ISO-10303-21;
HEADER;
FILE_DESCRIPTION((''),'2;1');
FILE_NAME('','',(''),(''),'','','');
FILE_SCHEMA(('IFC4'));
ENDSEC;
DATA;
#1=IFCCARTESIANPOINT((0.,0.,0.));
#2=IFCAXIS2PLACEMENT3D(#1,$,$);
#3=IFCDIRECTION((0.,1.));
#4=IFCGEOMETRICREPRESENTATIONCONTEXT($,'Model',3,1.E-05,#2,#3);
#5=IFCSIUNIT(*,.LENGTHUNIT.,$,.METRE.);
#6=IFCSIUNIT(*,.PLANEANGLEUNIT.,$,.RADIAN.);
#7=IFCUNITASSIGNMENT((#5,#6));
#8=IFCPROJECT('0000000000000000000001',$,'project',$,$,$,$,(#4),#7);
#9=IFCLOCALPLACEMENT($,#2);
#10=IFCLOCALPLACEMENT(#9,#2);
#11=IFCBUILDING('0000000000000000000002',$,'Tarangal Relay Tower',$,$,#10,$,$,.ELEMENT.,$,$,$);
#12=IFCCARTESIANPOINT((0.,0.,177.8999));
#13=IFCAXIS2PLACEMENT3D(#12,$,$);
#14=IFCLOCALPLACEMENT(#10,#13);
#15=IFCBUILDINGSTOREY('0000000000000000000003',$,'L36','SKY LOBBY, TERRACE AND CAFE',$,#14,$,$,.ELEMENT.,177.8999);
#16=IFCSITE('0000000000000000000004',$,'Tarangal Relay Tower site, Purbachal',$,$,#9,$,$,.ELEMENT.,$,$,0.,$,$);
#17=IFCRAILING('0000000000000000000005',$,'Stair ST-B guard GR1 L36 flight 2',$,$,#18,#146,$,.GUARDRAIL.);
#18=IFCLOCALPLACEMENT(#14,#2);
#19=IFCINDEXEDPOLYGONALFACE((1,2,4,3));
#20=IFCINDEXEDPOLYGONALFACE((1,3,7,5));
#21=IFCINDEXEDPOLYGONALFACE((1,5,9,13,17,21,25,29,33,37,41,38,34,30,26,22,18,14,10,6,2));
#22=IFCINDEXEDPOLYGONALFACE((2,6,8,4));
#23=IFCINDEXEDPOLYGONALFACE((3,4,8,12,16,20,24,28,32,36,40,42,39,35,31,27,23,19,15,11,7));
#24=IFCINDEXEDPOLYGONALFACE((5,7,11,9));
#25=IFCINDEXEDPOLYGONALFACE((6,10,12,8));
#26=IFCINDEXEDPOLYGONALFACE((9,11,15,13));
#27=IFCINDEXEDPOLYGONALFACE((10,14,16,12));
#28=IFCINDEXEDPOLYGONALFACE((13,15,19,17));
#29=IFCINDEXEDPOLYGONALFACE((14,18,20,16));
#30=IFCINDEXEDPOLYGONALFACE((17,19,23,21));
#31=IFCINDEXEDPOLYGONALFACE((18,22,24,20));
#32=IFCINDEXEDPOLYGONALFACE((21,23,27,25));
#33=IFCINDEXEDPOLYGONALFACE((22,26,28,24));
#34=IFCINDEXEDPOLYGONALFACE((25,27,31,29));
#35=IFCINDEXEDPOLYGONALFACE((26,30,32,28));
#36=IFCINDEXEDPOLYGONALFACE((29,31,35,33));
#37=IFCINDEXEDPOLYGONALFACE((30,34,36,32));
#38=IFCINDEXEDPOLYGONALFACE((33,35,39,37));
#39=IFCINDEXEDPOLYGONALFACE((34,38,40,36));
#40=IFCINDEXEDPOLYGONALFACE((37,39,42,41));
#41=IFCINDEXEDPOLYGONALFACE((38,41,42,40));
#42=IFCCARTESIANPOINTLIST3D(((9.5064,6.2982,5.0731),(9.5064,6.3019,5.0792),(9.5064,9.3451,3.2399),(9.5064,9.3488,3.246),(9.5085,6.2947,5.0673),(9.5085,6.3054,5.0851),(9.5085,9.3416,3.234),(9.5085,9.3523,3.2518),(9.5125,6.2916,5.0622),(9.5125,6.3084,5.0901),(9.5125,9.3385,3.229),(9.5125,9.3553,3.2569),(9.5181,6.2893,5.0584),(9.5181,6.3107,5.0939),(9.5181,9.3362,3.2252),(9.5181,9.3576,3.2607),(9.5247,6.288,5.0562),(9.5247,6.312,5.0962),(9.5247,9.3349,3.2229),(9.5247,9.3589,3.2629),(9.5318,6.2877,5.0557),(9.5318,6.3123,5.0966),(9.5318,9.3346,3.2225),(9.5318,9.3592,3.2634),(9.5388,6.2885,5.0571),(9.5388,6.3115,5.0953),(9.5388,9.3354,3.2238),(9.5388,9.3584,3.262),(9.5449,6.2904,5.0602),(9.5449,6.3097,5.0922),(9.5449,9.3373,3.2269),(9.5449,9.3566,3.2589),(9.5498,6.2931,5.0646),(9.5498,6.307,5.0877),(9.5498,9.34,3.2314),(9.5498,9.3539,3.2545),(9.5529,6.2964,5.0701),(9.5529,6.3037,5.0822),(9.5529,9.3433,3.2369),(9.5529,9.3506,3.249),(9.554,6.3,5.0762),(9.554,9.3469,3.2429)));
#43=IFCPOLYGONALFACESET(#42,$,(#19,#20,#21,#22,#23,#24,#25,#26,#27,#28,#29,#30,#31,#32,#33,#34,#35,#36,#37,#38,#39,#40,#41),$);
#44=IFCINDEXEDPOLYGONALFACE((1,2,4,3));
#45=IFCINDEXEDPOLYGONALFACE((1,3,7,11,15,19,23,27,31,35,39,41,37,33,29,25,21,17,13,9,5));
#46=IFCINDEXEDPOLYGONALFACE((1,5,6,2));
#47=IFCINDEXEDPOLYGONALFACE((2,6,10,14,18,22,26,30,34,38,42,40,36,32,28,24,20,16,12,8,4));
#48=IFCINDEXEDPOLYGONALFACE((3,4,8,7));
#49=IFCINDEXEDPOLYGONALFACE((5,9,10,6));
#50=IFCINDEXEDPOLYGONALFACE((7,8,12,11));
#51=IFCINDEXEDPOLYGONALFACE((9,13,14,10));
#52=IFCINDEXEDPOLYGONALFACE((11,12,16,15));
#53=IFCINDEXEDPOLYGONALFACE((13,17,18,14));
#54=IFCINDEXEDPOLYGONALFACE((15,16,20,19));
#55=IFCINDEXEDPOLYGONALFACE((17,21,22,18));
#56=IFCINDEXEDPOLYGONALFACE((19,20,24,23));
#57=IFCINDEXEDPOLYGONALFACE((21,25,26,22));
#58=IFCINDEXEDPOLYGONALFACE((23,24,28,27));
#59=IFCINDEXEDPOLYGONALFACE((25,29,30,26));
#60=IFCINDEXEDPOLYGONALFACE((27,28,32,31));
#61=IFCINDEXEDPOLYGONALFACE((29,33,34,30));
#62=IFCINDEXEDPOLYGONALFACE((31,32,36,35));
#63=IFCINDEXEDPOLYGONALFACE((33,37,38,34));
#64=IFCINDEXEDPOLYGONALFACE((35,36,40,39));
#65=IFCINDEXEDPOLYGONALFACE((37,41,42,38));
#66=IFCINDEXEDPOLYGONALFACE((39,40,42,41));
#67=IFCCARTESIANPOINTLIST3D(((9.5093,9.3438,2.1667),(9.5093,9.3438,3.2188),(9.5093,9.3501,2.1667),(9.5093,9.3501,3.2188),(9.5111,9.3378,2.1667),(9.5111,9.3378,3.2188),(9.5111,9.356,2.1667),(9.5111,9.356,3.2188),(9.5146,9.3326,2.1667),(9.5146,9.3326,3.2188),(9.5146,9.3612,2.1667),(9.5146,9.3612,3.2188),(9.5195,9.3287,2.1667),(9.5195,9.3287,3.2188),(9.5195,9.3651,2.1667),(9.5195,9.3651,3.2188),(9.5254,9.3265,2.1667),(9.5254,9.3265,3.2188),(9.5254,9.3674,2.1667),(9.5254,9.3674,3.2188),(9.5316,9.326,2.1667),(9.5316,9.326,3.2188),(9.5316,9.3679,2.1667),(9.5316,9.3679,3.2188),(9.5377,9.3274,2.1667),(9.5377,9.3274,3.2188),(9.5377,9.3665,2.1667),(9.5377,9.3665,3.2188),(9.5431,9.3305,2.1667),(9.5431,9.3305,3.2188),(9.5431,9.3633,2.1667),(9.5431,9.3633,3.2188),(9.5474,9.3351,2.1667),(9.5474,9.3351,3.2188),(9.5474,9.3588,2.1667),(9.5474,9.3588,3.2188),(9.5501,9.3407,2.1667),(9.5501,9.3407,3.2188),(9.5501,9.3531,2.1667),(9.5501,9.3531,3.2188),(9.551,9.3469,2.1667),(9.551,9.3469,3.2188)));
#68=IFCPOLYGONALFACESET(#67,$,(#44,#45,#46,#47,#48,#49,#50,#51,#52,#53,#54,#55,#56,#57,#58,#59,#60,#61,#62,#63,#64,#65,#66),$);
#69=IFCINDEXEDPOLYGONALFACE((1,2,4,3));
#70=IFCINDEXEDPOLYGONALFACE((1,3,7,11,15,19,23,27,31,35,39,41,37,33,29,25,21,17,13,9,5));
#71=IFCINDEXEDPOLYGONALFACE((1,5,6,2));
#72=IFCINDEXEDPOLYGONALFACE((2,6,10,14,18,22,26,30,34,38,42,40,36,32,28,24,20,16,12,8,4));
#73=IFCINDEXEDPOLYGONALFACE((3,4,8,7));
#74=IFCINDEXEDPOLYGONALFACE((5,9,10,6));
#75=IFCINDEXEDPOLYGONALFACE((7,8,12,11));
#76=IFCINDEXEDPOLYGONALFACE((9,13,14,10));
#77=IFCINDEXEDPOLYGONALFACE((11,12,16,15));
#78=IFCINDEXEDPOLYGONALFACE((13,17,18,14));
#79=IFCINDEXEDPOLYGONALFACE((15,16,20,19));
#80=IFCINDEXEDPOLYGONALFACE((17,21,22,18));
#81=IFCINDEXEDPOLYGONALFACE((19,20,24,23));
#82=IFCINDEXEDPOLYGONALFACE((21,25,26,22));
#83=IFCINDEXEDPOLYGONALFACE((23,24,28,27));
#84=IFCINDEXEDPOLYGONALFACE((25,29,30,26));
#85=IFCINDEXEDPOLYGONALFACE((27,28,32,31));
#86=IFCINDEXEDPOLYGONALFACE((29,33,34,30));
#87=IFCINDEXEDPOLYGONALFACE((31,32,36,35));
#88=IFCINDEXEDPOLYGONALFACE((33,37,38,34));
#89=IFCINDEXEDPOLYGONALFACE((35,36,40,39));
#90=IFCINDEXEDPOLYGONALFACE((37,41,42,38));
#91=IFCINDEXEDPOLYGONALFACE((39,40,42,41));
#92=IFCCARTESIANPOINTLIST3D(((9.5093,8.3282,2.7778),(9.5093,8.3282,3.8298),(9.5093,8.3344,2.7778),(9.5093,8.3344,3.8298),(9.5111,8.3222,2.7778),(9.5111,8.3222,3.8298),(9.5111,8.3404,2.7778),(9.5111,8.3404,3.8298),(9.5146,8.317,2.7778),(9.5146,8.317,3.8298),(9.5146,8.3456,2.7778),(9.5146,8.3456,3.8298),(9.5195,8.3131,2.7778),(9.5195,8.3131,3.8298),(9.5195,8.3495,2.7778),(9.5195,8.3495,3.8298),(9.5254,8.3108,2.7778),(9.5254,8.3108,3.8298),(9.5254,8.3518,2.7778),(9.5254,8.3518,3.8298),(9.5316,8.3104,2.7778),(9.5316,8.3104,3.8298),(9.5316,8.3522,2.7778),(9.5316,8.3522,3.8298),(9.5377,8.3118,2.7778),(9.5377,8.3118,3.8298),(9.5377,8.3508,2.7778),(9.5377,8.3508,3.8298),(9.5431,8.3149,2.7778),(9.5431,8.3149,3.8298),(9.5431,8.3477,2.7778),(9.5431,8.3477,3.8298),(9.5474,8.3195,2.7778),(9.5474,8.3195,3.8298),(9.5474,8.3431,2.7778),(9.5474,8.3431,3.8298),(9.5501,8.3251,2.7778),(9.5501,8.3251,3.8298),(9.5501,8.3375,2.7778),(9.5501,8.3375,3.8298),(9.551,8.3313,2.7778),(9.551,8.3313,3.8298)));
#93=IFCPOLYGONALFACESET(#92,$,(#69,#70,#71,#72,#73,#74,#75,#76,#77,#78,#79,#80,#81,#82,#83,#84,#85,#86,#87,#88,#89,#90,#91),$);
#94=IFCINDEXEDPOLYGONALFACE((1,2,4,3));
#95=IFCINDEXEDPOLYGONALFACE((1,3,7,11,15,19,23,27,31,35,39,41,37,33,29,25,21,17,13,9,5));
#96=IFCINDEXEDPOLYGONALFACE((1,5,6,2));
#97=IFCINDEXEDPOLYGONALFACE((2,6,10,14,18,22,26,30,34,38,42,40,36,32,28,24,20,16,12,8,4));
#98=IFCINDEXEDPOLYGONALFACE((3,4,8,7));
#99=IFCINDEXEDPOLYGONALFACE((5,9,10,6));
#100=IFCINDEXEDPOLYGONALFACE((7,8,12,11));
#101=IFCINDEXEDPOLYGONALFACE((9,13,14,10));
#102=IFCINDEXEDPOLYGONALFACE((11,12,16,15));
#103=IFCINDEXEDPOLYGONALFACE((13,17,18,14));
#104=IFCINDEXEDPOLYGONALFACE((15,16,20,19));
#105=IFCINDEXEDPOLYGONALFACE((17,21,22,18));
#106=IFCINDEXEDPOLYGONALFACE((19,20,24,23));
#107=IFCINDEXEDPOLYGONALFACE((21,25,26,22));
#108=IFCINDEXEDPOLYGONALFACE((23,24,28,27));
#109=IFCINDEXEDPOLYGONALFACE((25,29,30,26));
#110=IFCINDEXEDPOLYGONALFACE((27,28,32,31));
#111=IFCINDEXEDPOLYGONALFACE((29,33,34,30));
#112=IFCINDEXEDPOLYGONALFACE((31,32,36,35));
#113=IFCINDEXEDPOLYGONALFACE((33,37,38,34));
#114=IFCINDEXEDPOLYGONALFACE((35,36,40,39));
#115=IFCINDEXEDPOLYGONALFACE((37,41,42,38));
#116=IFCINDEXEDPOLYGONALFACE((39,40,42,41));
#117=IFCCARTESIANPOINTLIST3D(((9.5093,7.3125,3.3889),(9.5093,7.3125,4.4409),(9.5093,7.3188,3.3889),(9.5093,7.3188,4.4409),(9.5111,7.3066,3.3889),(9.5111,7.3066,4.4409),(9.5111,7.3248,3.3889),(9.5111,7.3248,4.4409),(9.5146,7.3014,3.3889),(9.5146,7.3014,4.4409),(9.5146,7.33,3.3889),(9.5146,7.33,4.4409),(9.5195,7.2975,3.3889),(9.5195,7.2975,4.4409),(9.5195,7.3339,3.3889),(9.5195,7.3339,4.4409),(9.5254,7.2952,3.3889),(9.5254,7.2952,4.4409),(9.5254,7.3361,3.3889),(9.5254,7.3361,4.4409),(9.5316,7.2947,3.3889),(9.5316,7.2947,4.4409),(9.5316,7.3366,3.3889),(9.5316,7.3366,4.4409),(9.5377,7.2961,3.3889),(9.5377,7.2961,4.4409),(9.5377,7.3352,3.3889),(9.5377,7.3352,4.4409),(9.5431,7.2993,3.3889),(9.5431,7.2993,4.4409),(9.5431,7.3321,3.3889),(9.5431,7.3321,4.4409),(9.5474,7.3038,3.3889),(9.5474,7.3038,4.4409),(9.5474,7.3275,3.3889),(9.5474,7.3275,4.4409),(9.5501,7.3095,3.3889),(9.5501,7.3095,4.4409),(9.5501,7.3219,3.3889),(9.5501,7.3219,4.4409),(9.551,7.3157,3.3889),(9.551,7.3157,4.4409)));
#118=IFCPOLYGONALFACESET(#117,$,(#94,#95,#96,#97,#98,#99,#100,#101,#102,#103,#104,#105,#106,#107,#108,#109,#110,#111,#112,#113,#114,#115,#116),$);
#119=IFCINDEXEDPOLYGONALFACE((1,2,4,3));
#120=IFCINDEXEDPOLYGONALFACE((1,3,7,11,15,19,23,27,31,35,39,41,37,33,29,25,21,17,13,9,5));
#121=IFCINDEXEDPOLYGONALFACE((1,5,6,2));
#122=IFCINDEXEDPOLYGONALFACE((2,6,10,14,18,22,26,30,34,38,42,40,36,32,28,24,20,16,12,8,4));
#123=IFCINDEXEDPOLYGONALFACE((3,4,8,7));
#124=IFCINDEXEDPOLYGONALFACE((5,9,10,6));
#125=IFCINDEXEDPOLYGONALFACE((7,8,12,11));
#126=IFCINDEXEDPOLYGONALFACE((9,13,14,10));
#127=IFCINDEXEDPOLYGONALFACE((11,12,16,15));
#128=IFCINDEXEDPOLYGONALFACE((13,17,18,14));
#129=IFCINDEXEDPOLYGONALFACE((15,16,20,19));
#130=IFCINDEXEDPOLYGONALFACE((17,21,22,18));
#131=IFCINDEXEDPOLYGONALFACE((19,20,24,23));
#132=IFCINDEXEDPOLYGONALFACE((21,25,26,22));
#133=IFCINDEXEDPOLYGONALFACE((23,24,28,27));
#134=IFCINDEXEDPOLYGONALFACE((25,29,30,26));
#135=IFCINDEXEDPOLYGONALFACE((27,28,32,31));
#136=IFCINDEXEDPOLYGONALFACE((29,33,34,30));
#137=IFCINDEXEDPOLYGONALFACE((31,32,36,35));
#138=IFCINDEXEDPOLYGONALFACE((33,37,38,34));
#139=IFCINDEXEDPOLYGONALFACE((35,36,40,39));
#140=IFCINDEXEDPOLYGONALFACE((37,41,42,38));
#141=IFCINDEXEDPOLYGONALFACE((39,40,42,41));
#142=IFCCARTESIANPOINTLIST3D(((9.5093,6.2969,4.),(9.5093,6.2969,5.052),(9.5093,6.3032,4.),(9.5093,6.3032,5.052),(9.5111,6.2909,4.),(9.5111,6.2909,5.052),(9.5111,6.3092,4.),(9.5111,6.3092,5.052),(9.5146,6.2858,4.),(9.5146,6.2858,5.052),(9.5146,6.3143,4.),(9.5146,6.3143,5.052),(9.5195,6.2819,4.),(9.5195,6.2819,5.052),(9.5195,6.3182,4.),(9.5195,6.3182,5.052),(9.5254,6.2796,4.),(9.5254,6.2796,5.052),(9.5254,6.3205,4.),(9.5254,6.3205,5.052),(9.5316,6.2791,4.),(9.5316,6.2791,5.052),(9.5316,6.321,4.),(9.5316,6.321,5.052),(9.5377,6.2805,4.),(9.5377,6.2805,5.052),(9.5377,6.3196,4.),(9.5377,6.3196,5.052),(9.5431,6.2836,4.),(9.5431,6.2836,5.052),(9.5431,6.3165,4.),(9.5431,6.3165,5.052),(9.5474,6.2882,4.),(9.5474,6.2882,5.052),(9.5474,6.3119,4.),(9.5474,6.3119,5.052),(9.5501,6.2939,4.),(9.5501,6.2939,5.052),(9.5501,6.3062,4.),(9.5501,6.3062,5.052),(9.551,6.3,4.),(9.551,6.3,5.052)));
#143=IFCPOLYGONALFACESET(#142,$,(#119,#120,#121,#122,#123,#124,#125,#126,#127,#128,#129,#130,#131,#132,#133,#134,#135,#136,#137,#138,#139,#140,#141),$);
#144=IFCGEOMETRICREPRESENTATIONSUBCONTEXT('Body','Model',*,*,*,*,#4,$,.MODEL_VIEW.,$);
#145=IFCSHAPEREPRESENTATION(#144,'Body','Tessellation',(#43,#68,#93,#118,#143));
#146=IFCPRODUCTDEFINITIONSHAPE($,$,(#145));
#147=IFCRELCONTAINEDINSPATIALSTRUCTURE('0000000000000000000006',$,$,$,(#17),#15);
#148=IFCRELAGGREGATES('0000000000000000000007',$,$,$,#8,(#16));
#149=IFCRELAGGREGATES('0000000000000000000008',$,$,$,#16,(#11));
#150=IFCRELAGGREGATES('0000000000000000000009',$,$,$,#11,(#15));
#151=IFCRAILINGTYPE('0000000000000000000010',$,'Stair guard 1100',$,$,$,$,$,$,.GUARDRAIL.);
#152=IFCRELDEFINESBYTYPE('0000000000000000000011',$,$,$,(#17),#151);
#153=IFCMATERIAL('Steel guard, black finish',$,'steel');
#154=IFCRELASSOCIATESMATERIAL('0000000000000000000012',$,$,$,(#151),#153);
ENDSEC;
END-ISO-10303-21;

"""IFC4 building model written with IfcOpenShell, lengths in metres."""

from ifc_helpers import new_model, si_unit, direction, frame, origin, origin_2d, place, context, subcontext, project, spatial, circle, extrude, material, type_object, element, save


model = new_model("IFC4")

# Units and contexts
model_context = context("Model", 3, precision=1e-05, world=origin(), true_north=direction((0.0, 1.0)))
body_context = subcontext(model_context, "Body", "Model", "MODEL_VIEW")
ifc_project = project(units=[si_unit("LENGTHUNIT", "METRE"), si_unit("PLANEANGLEUNIT", "RADIAN")], contexts=[model_context])

# Site, building, storey
site_placement = place(None, origin())
site = spatial("IfcSite", under=ifc_project, at=site_placement, Name="Tarangal Relay Tower site, Purbachal", CompositionType="ELEMENT", RefElevation=0.0)
building_placement = place(site_placement, origin())
building = spatial("IfcBuilding", under=site, at=building_placement, Name="Tarangal Relay Tower", CompositionType="ELEMENT")
storey_placement = place(building_placement, frame((0.0, 0.0, 177.8999)))
storey = spatial("IfcBuildingStorey", under=building, at=storey_placement, Name="L36", Description="SKY LOBBY, TERRACE AND CAFE", CompositionType="ELEMENT", Elevation=177.8999)

# Railing
ifc_material_1 = material(Name="Steel guard, black finish", Category="steel")
railing_type_1 = type_object("IfcRailingType", Name="Stair guard 1100", PredefinedType="GUARDRAIL", material=ifc_material_1)
railing_1_placement = place(storey_placement, frame((9.53, 9.3469, 2.1667)))
element("IfcRailing", 1, at=railing_1_placement, inside=storey, type_object=railing_type_1, Name="Stair ST-B guard GR1 L36 flight 2", PredefinedType="GUARDRAIL", context=body_context, shape_type="SweptSolid", body=[
    extrude(circle(Radius=0.0239, at=origin_2d()), frame((0.0, 0.0, 1.0762), z_axis=(0.0, -0.856856, 0.515556), x_axis=(1.0, 0.0, 0.0)), (0.0, 0.0, 1.0), 3.5559),
    extrude(circle(Radius=0.021, at=origin_2d()), origin(), (0.0, 0.0, 1.0), 1.052),
    extrude(circle(Radius=0.021, at=origin_2d()), frame((0.0, -1.0156, 0.6111)), (0.0, 0.0, 1.0), 1.052),
    extrude(circle(Radius=0.021, at=origin_2d()), frame((0.0, -2.0312, 1.2222)), (0.0, 0.0, 1.0), 1.052),
    extrude(circle(Radius=0.021, at=origin_2d()), frame((0.0, -3.0469, 1.8333)), (0.0, 0.0, 1.0), 1.052),
])

save(model, "model.ifc")
